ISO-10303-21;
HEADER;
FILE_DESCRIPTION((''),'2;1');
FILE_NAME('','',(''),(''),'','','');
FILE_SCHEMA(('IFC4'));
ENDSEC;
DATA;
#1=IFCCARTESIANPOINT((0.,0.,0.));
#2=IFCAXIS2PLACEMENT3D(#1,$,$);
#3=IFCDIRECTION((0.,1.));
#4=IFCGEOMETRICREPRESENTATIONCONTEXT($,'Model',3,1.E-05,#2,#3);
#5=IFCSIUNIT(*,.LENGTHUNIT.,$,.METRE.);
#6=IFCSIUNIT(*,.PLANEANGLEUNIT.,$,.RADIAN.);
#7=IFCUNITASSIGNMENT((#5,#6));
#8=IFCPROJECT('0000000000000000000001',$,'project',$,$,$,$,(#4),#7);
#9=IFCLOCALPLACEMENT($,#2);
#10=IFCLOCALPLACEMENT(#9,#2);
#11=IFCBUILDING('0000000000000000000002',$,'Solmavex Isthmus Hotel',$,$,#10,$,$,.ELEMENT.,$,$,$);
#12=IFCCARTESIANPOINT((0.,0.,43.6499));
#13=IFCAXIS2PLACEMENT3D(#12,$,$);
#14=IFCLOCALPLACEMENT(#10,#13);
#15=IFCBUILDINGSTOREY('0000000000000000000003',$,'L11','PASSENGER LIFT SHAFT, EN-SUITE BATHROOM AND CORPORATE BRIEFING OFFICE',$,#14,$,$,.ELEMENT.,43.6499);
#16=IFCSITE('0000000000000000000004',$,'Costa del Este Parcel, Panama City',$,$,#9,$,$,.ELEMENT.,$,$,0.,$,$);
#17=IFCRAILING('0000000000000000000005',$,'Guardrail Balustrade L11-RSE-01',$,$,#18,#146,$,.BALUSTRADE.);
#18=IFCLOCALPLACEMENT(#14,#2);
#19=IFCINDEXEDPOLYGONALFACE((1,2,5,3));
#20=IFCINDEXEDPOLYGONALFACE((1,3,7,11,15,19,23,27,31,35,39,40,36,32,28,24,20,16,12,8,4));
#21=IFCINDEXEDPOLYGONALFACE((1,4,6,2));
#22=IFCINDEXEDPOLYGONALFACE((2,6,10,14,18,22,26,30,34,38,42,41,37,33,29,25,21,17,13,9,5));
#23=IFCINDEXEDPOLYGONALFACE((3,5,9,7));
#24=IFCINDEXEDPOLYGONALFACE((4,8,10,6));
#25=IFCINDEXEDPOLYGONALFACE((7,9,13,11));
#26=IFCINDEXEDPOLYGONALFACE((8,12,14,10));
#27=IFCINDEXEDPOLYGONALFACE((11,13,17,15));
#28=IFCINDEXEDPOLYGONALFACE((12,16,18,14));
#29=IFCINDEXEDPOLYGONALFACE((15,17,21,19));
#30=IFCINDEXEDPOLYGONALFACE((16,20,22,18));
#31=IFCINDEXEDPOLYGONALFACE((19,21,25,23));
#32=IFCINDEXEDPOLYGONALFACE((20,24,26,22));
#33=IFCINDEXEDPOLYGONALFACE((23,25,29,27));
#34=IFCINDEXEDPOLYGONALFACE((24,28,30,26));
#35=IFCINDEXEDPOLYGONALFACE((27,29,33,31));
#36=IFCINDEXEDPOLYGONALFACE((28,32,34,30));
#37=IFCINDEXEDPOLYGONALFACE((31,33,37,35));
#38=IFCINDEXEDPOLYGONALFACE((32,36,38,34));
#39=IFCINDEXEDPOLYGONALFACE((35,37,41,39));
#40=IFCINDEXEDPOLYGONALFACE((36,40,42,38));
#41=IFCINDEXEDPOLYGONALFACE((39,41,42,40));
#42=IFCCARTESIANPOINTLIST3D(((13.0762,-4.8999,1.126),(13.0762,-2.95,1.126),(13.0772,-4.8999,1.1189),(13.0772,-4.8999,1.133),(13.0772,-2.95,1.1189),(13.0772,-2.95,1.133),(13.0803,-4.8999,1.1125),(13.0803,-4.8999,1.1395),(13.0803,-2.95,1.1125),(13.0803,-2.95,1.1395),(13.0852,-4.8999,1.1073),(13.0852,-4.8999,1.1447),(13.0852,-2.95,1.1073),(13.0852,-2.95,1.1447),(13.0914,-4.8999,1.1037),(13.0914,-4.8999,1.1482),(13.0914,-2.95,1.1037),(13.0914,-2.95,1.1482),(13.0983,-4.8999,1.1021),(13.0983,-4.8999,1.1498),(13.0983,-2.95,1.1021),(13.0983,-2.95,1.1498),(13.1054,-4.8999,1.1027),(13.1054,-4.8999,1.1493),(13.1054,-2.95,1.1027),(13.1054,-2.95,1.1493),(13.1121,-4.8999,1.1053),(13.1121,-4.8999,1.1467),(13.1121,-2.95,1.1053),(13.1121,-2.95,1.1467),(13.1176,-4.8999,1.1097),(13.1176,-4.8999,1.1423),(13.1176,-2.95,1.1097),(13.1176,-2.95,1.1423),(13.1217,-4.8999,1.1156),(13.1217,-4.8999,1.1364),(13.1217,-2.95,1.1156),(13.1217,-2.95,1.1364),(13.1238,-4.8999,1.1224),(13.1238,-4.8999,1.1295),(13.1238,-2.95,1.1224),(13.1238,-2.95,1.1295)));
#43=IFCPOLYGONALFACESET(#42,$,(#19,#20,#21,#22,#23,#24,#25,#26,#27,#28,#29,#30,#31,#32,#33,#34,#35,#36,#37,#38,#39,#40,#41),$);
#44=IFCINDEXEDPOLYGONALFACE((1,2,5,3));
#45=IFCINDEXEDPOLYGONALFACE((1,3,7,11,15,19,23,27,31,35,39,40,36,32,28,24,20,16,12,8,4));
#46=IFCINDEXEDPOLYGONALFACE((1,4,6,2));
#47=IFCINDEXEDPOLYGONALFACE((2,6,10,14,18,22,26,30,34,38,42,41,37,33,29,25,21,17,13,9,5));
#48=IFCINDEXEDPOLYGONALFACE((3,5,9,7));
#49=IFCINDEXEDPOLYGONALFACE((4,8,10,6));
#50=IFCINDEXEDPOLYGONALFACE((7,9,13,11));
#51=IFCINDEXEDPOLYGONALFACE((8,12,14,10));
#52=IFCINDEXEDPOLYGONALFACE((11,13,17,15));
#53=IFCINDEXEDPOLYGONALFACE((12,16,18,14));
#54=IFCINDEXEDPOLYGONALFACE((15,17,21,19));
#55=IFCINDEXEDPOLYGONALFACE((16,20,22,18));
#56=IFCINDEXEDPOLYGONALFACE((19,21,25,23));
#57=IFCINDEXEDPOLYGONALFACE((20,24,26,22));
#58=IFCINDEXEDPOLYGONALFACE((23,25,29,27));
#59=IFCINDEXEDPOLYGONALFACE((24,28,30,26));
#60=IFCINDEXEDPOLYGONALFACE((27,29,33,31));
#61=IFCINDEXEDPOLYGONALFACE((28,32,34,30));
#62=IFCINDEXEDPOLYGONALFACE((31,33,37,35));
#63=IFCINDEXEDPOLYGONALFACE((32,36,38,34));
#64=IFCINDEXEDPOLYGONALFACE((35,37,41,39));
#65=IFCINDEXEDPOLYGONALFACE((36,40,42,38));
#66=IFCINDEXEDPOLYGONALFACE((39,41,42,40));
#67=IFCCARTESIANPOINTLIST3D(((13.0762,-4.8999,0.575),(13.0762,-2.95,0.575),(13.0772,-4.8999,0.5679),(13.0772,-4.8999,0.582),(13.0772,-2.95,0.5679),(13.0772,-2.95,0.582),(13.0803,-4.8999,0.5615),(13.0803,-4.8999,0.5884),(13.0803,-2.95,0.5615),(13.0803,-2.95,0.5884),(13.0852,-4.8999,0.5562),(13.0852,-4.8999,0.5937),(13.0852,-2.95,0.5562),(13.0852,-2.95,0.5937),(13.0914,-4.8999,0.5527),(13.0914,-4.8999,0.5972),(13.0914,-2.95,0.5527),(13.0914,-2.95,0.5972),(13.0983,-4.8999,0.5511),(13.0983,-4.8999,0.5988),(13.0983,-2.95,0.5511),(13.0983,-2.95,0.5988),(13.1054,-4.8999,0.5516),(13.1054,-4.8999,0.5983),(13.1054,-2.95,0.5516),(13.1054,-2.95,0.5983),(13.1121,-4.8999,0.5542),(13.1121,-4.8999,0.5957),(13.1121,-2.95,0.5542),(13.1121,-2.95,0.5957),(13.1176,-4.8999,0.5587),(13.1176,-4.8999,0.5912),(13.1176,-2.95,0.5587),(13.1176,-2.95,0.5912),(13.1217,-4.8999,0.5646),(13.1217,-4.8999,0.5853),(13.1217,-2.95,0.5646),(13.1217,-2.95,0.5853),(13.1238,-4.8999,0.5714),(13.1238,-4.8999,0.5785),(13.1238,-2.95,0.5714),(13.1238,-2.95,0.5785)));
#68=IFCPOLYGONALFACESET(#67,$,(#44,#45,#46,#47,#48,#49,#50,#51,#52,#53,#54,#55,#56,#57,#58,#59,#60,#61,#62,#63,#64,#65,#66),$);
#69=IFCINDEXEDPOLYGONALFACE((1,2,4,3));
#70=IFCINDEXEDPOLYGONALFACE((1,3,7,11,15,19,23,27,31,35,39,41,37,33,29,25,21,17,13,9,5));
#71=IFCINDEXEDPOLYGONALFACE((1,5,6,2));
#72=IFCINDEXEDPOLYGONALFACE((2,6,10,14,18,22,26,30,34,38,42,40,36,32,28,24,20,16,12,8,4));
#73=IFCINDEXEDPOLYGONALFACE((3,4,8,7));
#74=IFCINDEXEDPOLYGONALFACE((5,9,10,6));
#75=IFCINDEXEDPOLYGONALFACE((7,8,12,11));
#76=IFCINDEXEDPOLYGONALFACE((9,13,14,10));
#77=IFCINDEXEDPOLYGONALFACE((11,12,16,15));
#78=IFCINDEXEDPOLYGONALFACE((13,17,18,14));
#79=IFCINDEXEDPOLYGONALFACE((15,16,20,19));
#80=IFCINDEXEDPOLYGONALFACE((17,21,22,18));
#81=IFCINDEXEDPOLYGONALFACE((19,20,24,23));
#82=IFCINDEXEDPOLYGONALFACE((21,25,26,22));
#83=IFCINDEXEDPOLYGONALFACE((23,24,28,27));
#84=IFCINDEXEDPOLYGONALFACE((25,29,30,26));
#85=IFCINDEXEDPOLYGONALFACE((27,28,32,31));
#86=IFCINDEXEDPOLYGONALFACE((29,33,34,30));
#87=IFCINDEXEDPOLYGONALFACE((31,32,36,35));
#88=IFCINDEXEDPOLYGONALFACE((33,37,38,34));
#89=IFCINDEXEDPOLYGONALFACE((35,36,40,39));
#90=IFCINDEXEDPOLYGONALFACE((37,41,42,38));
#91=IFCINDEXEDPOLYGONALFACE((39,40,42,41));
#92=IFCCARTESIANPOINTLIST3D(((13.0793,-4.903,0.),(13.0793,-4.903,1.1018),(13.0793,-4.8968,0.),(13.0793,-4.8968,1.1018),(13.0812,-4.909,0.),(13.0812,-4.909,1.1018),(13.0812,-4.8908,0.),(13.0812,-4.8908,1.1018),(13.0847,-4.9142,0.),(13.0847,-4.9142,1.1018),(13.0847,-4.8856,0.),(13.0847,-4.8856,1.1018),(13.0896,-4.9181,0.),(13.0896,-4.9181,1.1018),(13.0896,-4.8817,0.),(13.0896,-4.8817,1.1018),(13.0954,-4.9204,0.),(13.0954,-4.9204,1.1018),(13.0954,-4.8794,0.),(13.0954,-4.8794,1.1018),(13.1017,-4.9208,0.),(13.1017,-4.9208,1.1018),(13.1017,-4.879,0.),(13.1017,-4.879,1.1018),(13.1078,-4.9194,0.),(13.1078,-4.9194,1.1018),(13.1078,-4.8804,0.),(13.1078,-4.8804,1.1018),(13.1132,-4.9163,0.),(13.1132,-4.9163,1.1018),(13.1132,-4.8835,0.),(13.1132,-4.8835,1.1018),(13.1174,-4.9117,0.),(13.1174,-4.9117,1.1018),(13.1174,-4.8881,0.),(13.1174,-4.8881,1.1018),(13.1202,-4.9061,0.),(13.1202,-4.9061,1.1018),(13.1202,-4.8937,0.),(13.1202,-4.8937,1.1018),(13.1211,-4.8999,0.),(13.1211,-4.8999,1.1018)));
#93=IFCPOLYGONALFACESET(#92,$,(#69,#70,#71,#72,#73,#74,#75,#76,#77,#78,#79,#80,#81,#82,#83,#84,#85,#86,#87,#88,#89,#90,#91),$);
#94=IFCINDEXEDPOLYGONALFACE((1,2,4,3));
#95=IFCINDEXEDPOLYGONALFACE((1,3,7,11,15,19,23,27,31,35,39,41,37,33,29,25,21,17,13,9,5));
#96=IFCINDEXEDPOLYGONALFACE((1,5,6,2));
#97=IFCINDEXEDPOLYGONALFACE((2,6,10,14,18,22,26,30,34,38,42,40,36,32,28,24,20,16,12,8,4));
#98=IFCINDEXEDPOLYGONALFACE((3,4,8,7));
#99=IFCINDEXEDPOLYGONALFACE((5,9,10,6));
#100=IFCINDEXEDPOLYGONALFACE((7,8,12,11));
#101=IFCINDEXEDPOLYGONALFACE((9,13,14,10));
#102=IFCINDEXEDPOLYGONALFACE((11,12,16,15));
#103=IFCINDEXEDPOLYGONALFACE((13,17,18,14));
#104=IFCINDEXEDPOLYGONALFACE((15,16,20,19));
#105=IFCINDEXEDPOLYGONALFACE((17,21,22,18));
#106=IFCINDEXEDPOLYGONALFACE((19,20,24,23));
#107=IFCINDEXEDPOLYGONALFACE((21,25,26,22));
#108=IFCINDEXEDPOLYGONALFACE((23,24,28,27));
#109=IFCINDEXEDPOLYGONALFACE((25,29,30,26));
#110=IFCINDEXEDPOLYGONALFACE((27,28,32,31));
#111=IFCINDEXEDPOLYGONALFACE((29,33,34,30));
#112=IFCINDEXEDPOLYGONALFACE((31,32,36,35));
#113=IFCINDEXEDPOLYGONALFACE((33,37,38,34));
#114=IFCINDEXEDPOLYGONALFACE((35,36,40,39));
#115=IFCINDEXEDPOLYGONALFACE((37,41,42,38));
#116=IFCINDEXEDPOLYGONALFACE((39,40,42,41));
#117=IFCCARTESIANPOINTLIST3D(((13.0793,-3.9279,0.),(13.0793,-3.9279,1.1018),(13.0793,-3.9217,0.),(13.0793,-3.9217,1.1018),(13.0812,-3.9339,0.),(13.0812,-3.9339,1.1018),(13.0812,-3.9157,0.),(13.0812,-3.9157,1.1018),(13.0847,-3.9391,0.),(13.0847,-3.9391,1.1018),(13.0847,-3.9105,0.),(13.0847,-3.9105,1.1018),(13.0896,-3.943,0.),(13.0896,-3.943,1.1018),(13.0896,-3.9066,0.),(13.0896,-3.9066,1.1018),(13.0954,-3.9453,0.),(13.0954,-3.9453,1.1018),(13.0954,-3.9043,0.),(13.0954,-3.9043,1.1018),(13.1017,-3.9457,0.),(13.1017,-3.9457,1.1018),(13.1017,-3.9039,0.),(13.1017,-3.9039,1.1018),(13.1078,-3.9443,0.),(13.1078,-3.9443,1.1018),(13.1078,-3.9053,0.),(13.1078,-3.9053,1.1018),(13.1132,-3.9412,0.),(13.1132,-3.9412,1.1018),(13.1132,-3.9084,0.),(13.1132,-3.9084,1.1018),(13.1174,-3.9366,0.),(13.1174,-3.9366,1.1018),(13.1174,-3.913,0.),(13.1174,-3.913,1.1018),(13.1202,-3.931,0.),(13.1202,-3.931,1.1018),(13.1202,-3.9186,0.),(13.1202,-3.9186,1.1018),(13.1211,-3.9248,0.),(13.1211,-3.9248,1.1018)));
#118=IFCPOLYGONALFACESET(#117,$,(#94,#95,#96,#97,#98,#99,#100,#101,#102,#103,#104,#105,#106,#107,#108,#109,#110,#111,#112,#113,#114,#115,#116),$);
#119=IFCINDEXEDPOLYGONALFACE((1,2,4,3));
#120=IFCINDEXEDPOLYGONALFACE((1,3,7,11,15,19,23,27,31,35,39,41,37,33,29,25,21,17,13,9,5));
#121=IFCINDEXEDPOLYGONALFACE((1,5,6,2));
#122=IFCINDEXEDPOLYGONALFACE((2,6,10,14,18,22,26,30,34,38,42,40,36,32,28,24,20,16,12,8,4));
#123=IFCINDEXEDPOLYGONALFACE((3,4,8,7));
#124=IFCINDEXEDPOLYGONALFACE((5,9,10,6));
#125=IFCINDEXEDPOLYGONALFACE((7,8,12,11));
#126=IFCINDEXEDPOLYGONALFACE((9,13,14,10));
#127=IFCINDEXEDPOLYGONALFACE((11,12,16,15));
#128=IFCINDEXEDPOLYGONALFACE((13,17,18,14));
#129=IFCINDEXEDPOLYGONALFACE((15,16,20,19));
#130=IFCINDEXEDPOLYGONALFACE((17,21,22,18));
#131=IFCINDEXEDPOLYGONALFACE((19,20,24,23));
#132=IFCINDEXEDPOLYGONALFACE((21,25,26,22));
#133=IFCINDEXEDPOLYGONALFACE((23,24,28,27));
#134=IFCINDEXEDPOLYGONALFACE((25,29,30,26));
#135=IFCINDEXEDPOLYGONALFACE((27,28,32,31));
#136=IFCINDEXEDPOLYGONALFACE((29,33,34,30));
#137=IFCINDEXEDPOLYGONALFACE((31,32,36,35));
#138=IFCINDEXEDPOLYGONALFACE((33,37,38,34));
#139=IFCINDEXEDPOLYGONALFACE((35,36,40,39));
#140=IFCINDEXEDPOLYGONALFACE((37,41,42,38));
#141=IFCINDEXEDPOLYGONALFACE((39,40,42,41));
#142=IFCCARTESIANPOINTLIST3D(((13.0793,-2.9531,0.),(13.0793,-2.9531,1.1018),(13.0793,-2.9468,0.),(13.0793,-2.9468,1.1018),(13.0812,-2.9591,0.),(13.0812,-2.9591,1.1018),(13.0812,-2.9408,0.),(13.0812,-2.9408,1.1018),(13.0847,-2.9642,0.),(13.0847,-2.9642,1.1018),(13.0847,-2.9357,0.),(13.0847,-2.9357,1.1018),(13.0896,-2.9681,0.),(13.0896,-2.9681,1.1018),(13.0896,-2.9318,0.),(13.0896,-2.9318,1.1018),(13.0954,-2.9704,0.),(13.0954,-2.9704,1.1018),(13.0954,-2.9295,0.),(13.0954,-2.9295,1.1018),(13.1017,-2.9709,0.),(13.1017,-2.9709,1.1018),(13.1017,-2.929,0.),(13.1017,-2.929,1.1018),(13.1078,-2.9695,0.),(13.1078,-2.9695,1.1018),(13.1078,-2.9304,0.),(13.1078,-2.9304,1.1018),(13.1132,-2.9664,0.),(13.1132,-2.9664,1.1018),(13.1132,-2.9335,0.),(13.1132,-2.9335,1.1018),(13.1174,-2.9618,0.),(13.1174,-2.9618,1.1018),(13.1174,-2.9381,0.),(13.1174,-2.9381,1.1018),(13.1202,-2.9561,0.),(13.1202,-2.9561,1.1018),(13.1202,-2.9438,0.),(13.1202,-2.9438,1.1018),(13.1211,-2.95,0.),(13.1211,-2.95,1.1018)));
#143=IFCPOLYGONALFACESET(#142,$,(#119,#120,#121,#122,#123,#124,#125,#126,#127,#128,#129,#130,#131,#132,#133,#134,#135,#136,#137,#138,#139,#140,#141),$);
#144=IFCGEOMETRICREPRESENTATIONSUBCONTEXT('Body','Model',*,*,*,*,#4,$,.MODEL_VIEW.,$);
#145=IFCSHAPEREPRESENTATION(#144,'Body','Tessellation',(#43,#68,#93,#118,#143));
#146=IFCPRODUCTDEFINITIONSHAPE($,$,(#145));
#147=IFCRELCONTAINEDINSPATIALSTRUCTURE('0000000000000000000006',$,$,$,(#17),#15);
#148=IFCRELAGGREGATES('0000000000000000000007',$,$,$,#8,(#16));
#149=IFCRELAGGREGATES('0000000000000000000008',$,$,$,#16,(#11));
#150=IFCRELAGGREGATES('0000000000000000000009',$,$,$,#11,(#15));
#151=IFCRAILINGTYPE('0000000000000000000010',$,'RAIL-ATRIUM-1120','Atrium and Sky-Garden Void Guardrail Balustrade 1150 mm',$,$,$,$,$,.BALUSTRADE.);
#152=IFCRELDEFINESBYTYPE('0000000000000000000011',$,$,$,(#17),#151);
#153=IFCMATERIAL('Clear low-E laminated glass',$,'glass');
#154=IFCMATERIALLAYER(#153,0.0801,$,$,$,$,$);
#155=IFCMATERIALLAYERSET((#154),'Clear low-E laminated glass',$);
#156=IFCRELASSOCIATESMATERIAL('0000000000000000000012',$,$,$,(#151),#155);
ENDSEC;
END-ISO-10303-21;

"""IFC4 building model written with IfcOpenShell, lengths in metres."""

from ifc_helpers import new_model, si_unit, direction, frame, origin, origin_2d, place, context, subcontext, project, spatial, circle, extrude, material, layer, layer_set, type_object, element, save


model = new_model("IFC4")

# Units and contexts
model_context = context("Model", 3, precision=1e-05, world=origin(), true_north=direction((0.0, 1.0)))
body_context = subcontext(model_context, "Body", "Model", "MODEL_VIEW")
ifc_project = project(units=[si_unit("LENGTHUNIT", "METRE"), si_unit("PLANEANGLEUNIT", "RADIAN")], contexts=[model_context])

# Site, building, storey
site_placement = place(None, origin())
site = spatial("IfcSite", under=ifc_project, at=site_placement, Name="Costa del Este Parcel, Panama City", CompositionType="ELEMENT", RefElevation=0.0)
building_placement = place(site_placement, origin())
building = spatial("IfcBuilding", under=site, at=building_placement, Name="Solmavex Isthmus Hotel", CompositionType="ELEMENT")
storey_placement = place(building_placement, frame((0.0, 0.0, 43.6499)))
storey = spatial("IfcBuildingStorey", under=building, at=storey_placement, Name="L11", Description="PASSENGER LIFT SHAFT, EN-SUITE BATHROOM AND CORPORATE BRIEFING OFFICE", CompositionType="ELEMENT", Elevation=43.6499)

# Shared definitions
ifc_material_1 = material(Name="Clear low-E laminated glass", Category="glass")

# Railing
ifc_layer_1 = layer(ifc_material_1, 0.0801)
ifc_layer_set_1 = layer_set([ifc_layer_1], Name="Clear low-E laminated glass")
railing_type_1 = type_object("IfcRailingType", Name="RAIL-ATRIUM-1120", Description="Atrium and Sky-Garden Void Guardrail Balustrade 1150 mm", PredefinedType="BALUSTRADE", material=ifc_layer_set_1)
railing_1_placement = place(storey_placement, frame((13.1001, -4.8999, 0.0)))
element("IfcRailing", 1, at=railing_1_placement, inside=storey, type_object=railing_type_1, Name="Guardrail Balustrade L11-RSE-01", PredefinedType="BALUSTRADE", context=body_context, shape_type="SweptSolid", body=[
    extrude(circle(Radius=0.0239, at=origin_2d()), frame((0.0, 0.0, 1.126), z_axis=(0.0, 1.0, 0.0), x_axis=(-1.0, 0.0, 0.0)), (0.0, 0.0, 1.0), 1.95),
    extrude(circle(Radius=0.0239, at=origin_2d()), frame((0.0, 0.0, 0.575), z_axis=(0.0, 1.0, 0.0), x_axis=(-1.0, 0.0, 0.0)), (0.0, 0.0, 1.0), 1.95),
    extrude(circle(Radius=0.021, at=origin_2d()), origin(), (0.0, 0.0, 1.0), 1.1018),
    extrude(circle(Radius=0.021, at=origin_2d()), frame((0.0, 0.9751, 0.0)), (0.0, 0.0, 1.0), 1.1018),
    extrude(circle(Radius=0.021, at=origin_2d()), frame((0.0, 1.95, 0.0)), (0.0, 0.0, 1.0), 1.1018),
])

save(model, "model.ifc")
